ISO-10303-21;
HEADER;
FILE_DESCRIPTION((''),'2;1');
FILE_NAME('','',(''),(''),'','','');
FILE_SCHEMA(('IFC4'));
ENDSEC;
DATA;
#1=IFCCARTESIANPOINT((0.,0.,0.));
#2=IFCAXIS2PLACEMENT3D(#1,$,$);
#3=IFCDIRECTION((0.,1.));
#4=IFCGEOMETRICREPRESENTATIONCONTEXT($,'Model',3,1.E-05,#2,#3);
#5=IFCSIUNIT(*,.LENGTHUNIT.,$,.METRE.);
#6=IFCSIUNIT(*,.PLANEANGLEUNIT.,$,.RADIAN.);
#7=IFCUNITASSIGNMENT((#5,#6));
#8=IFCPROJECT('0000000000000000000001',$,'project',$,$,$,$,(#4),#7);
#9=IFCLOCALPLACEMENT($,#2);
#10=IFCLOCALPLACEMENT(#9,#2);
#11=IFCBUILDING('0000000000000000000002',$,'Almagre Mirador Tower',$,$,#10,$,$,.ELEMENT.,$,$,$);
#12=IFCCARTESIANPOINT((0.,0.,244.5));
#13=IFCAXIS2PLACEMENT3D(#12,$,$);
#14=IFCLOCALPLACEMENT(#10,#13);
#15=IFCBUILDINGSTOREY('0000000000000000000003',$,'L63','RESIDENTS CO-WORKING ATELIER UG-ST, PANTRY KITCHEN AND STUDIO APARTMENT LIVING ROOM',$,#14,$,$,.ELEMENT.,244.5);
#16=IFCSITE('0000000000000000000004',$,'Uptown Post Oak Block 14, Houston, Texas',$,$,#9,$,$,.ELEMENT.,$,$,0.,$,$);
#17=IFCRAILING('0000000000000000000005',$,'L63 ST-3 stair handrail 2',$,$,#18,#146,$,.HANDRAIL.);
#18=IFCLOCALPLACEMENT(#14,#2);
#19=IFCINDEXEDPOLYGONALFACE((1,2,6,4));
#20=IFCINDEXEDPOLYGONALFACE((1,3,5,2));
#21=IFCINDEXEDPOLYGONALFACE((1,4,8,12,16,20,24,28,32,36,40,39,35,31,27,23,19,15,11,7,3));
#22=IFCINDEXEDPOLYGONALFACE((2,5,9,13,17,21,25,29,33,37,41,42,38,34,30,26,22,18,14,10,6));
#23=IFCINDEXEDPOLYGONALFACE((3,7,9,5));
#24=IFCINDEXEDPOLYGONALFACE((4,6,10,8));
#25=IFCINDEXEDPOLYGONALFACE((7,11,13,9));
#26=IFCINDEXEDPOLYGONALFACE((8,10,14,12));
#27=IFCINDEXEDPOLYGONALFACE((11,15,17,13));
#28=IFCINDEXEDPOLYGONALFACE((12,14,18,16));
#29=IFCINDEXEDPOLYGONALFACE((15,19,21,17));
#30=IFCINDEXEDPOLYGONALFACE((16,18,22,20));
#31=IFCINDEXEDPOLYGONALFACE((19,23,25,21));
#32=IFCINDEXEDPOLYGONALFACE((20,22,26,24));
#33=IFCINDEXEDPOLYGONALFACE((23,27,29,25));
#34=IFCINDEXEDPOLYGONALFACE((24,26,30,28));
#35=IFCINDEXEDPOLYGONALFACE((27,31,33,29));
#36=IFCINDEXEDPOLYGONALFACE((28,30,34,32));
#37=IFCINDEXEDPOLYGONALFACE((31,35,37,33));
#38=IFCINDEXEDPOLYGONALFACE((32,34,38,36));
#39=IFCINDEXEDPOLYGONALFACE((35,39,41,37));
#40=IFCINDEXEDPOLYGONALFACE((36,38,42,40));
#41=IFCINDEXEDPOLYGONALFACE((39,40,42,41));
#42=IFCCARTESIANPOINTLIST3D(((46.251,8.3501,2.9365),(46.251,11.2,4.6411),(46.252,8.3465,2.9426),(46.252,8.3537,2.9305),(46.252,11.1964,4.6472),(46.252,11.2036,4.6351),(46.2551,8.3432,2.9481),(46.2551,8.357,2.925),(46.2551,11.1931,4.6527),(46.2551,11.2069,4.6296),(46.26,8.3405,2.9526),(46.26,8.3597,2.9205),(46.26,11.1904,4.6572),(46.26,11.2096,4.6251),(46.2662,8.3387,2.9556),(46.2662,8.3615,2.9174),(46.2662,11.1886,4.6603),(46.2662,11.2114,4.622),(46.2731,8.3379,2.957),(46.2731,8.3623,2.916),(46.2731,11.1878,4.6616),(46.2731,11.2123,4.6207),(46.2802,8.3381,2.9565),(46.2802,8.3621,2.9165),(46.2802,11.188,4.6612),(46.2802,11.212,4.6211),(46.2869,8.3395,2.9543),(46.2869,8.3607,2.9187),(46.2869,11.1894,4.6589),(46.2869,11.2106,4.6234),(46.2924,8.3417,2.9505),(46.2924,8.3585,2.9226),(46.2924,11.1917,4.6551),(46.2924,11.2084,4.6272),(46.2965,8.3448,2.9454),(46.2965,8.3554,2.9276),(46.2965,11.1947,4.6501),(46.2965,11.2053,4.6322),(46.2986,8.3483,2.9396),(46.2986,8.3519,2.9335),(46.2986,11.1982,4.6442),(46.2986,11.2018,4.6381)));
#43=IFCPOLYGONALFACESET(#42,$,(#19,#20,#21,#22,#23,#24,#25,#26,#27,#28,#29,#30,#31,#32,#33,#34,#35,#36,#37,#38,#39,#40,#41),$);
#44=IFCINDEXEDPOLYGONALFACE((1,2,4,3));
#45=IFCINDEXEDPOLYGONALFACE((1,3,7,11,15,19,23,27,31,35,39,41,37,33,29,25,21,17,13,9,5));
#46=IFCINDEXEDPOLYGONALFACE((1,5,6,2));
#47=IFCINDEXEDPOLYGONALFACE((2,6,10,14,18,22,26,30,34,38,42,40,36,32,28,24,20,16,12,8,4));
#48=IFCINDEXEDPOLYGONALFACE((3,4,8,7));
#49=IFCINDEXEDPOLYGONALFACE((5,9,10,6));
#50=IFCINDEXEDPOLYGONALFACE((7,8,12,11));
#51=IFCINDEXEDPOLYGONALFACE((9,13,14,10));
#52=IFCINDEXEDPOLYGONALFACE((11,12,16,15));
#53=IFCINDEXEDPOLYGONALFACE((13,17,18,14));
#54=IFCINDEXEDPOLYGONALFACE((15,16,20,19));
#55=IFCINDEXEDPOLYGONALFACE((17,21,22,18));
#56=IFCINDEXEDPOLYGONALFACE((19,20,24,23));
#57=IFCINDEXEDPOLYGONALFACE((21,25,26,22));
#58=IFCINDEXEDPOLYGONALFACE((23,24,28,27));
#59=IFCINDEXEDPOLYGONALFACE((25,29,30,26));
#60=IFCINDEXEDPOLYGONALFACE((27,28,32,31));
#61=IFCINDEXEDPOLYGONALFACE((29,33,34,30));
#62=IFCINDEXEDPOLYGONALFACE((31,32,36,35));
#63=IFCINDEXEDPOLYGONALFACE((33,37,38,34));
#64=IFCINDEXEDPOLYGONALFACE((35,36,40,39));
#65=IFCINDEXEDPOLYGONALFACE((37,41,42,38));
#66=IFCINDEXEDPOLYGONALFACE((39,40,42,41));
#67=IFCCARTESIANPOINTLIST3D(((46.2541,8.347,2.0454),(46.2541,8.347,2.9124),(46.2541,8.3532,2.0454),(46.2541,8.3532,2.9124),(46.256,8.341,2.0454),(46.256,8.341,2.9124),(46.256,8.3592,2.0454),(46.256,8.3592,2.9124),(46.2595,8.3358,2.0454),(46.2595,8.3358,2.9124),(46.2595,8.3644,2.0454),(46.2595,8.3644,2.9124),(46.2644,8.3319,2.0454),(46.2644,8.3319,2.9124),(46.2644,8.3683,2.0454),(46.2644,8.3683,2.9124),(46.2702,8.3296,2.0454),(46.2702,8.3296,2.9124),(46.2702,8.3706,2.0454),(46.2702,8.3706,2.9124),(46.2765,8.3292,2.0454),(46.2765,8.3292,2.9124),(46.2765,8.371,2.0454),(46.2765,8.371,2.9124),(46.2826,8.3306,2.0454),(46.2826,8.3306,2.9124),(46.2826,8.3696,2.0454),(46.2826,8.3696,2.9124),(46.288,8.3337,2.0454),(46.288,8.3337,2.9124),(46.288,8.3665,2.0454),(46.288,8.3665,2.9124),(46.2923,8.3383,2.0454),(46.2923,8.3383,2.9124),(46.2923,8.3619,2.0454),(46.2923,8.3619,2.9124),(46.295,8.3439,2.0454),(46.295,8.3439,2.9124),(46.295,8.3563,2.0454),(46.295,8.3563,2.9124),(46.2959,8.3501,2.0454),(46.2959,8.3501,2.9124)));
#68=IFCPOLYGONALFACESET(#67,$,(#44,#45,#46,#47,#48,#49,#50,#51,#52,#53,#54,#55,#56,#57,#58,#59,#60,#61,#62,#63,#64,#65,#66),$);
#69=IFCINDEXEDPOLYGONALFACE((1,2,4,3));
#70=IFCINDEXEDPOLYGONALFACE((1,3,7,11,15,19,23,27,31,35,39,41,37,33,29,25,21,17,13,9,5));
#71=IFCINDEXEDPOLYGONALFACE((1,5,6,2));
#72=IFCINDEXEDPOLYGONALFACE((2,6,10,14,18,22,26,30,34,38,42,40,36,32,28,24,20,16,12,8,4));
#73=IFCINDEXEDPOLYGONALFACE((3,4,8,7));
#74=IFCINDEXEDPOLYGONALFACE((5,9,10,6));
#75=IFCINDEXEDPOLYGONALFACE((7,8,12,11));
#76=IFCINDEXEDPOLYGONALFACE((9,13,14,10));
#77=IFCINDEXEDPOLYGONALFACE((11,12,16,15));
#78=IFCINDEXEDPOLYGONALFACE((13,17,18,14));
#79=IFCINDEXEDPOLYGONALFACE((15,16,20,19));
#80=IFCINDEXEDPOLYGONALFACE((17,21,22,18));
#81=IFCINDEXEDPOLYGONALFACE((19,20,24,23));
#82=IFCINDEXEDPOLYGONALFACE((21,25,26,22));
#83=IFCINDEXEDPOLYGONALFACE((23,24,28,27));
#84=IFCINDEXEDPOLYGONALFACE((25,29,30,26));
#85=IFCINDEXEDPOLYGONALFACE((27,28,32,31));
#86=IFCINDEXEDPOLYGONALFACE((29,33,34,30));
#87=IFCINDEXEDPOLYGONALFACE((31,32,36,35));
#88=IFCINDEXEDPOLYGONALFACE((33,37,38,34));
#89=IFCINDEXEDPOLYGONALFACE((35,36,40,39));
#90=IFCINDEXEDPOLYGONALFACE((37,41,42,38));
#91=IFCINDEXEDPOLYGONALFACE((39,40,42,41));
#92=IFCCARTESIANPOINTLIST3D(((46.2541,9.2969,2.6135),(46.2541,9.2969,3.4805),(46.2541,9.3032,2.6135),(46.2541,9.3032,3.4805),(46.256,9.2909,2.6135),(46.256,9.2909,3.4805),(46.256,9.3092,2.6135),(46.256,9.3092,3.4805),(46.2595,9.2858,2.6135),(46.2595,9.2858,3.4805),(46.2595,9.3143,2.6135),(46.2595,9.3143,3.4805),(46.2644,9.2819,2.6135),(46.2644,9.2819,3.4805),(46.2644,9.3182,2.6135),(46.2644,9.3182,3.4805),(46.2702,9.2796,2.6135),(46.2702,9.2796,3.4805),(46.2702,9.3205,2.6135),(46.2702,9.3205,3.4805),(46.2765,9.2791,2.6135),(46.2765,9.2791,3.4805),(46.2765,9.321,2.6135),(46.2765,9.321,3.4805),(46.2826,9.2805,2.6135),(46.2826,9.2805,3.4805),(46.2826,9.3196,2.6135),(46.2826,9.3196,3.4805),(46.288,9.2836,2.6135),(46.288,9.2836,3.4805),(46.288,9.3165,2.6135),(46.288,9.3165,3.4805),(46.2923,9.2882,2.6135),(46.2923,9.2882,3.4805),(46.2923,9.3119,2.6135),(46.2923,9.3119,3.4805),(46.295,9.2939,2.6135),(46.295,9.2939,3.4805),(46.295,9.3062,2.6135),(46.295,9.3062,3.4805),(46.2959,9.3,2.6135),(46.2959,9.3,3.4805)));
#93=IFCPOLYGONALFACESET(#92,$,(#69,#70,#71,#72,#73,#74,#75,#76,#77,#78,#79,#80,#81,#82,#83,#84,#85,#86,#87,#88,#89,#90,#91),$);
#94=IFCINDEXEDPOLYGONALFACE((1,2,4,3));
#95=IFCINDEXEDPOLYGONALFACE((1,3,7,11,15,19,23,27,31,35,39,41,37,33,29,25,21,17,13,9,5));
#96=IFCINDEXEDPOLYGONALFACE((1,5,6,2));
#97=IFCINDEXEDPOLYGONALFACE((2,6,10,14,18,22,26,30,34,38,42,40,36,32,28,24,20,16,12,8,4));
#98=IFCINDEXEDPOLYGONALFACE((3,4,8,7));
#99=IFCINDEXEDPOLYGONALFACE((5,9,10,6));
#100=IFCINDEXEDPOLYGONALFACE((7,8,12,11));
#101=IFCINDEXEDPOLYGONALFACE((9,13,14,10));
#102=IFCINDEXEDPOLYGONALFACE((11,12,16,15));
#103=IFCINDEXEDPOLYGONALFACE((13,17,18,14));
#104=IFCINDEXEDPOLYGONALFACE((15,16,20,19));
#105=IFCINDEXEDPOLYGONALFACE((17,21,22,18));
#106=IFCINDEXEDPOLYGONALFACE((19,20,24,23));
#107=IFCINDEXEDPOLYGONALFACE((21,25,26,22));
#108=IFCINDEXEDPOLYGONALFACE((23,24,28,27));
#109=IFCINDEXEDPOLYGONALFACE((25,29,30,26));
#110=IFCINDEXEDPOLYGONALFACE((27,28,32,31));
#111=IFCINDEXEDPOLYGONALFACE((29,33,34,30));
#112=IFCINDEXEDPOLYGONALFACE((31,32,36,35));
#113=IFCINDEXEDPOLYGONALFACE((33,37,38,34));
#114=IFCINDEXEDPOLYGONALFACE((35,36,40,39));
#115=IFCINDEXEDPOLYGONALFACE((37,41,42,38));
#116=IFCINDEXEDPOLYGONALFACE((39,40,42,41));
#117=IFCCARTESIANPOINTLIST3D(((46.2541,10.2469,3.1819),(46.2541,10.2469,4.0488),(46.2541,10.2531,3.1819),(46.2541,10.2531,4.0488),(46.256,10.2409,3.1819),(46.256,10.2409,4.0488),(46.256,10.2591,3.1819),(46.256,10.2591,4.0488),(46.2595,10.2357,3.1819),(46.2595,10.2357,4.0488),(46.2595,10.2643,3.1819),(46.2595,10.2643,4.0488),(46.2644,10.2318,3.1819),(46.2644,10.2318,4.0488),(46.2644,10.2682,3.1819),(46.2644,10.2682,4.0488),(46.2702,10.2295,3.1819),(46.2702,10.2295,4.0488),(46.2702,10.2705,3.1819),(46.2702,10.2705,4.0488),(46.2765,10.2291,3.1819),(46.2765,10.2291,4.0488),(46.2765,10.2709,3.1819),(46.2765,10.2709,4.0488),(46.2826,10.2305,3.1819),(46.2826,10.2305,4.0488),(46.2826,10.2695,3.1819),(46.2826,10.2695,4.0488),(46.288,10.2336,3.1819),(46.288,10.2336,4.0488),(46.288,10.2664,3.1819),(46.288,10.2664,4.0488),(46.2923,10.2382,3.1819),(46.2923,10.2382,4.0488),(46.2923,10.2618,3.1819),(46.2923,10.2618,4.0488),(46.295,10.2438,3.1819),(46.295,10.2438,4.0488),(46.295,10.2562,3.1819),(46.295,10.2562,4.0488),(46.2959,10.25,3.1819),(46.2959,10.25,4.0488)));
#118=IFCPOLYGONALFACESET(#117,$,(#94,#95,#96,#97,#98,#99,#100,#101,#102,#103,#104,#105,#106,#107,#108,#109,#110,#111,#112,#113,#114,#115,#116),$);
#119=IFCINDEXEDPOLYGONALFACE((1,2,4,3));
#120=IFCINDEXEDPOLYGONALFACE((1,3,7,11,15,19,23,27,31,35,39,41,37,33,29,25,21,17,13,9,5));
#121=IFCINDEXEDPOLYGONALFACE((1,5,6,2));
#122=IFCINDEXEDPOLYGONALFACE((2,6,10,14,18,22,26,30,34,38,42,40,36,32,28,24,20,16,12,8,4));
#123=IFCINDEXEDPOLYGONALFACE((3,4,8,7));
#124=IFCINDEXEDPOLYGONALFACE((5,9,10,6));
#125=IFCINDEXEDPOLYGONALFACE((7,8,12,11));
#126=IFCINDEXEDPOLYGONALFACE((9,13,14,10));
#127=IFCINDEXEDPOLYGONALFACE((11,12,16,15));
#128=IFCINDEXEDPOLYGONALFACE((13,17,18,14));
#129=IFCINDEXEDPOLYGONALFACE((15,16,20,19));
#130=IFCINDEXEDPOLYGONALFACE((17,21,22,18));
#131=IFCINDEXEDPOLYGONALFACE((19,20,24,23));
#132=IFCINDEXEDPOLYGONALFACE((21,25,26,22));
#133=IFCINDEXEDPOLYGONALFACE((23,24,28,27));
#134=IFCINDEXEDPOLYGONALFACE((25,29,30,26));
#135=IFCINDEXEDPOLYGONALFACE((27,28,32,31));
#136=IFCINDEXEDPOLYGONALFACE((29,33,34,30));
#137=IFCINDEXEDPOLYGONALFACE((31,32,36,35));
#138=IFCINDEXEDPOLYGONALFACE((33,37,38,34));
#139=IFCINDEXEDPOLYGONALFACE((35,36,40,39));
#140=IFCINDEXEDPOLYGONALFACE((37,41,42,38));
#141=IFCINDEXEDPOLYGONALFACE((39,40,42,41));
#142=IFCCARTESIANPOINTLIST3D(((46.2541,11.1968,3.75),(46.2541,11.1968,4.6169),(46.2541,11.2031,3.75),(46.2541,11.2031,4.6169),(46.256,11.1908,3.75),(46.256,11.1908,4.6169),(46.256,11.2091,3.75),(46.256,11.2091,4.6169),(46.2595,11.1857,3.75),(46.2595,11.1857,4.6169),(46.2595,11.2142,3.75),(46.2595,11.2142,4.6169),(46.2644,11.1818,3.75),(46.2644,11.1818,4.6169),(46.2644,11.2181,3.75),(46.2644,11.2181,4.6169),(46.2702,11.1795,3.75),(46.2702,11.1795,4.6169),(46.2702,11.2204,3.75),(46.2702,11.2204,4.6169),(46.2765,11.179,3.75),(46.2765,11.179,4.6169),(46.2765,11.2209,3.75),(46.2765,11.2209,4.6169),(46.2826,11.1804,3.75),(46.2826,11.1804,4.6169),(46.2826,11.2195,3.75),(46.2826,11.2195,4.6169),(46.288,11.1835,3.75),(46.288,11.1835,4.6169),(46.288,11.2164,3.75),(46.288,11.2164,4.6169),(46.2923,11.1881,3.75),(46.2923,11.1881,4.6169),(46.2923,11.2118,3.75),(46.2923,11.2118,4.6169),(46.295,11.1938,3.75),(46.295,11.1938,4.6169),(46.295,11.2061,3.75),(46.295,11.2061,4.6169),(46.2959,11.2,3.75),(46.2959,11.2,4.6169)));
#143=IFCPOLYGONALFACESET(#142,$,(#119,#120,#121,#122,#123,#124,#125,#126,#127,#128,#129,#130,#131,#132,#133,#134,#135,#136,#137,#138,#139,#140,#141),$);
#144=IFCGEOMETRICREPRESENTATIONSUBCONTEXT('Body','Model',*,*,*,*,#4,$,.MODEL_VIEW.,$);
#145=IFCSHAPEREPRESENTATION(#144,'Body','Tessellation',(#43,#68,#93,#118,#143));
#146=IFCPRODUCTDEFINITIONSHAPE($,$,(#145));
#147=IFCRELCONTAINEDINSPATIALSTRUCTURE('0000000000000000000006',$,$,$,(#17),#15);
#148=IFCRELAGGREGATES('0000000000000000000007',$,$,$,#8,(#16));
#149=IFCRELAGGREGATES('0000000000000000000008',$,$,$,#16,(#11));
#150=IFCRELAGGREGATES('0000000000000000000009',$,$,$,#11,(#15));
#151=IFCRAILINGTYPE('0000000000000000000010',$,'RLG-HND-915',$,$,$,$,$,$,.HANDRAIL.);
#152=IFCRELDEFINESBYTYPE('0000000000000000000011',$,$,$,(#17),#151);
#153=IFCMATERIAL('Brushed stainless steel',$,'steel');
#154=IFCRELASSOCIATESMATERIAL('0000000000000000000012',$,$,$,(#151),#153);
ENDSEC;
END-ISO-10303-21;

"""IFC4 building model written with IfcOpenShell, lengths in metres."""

from ifc_helpers import new_model, si_unit, direction, frame, origin, origin_2d, place, context, subcontext, project, spatial, circle, extrude, material, type_object, element, save


model = new_model("IFC4")

# Units and contexts
model_context = context("Model", 3, precision=1e-05, world=origin(), true_north=direction((0.0, 1.0)))
body_context = subcontext(model_context, "Body", "Model", "MODEL_VIEW")
ifc_project = project(units=[si_unit("LENGTHUNIT", "METRE"), si_unit("PLANEANGLEUNIT", "RADIAN")], contexts=[model_context])

# Site, building, storey
site_placement = place(None, origin())
site = spatial("IfcSite", under=ifc_project, at=site_placement, Name="Uptown Post Oak Block 14, Houston, Texas", CompositionType="ELEMENT", RefElevation=0.0)
building_placement = place(site_placement, origin())
building = spatial("IfcBuilding", under=site, at=building_placement, Name="Almagre Mirador Tower", CompositionType="ELEMENT")
storey_placement = place(building_placement, frame((0.0, 0.0, 244.5)))
storey = spatial("IfcBuildingStorey", under=building, at=storey_placement, Name="L63", Description="RESIDENTS CO-WORKING ATELIER UG-ST, PANTRY KITCHEN AND STUDIO APARTMENT LIVING ROOM", CompositionType="ELEMENT", Elevation=244.5)

# Railing
ifc_material_1 = material(Name="Brushed stainless steel", Category="steel")
railing_type_1 = type_object("IfcRailingType", Name="RLG-HND-915", PredefinedType="HANDRAIL", material=ifc_material_1)
railing_1_placement = place(storey_placement, frame((46.2749, 8.3501, 2.0454)))
element("IfcRailing", 1, at=railing_1_placement, inside=storey, type_object=railing_type_1, Name="L63 ST-3 stair handrail 2", PredefinedType="HANDRAIL", context=body_context, shape_type="SweptSolid", body=[
    extrude(circle(Radius=0.0239, at=origin_2d()), frame((0.0, 0.0, 0.8911), z_axis=(0.0, 0.858199, 0.513317), x_axis=(-1.0, 0.0, 0.0)), (0.0, 0.0, 1.0), 3.3208),
    extrude(circle(Radius=0.021, at=origin_2d()), origin(), (0.0, 0.0, 1.0), 0.8669),
    extrude(circle(Radius=0.021, at=origin_2d()), frame((0.0, 0.95, 0.5681)), (0.0, 0.0, 1.0), 0.8669),
    extrude(circle(Radius=0.021, at=origin_2d()), frame((0.0, 1.8999, 1.1365)), (0.0, 0.0, 1.0), 0.8669),
    extrude(circle(Radius=0.021, at=origin_2d()), frame((0.0, 2.8499, 1.7046)), (0.0, 0.0, 1.0), 0.8669),
])

save(model, "model.ifc")
